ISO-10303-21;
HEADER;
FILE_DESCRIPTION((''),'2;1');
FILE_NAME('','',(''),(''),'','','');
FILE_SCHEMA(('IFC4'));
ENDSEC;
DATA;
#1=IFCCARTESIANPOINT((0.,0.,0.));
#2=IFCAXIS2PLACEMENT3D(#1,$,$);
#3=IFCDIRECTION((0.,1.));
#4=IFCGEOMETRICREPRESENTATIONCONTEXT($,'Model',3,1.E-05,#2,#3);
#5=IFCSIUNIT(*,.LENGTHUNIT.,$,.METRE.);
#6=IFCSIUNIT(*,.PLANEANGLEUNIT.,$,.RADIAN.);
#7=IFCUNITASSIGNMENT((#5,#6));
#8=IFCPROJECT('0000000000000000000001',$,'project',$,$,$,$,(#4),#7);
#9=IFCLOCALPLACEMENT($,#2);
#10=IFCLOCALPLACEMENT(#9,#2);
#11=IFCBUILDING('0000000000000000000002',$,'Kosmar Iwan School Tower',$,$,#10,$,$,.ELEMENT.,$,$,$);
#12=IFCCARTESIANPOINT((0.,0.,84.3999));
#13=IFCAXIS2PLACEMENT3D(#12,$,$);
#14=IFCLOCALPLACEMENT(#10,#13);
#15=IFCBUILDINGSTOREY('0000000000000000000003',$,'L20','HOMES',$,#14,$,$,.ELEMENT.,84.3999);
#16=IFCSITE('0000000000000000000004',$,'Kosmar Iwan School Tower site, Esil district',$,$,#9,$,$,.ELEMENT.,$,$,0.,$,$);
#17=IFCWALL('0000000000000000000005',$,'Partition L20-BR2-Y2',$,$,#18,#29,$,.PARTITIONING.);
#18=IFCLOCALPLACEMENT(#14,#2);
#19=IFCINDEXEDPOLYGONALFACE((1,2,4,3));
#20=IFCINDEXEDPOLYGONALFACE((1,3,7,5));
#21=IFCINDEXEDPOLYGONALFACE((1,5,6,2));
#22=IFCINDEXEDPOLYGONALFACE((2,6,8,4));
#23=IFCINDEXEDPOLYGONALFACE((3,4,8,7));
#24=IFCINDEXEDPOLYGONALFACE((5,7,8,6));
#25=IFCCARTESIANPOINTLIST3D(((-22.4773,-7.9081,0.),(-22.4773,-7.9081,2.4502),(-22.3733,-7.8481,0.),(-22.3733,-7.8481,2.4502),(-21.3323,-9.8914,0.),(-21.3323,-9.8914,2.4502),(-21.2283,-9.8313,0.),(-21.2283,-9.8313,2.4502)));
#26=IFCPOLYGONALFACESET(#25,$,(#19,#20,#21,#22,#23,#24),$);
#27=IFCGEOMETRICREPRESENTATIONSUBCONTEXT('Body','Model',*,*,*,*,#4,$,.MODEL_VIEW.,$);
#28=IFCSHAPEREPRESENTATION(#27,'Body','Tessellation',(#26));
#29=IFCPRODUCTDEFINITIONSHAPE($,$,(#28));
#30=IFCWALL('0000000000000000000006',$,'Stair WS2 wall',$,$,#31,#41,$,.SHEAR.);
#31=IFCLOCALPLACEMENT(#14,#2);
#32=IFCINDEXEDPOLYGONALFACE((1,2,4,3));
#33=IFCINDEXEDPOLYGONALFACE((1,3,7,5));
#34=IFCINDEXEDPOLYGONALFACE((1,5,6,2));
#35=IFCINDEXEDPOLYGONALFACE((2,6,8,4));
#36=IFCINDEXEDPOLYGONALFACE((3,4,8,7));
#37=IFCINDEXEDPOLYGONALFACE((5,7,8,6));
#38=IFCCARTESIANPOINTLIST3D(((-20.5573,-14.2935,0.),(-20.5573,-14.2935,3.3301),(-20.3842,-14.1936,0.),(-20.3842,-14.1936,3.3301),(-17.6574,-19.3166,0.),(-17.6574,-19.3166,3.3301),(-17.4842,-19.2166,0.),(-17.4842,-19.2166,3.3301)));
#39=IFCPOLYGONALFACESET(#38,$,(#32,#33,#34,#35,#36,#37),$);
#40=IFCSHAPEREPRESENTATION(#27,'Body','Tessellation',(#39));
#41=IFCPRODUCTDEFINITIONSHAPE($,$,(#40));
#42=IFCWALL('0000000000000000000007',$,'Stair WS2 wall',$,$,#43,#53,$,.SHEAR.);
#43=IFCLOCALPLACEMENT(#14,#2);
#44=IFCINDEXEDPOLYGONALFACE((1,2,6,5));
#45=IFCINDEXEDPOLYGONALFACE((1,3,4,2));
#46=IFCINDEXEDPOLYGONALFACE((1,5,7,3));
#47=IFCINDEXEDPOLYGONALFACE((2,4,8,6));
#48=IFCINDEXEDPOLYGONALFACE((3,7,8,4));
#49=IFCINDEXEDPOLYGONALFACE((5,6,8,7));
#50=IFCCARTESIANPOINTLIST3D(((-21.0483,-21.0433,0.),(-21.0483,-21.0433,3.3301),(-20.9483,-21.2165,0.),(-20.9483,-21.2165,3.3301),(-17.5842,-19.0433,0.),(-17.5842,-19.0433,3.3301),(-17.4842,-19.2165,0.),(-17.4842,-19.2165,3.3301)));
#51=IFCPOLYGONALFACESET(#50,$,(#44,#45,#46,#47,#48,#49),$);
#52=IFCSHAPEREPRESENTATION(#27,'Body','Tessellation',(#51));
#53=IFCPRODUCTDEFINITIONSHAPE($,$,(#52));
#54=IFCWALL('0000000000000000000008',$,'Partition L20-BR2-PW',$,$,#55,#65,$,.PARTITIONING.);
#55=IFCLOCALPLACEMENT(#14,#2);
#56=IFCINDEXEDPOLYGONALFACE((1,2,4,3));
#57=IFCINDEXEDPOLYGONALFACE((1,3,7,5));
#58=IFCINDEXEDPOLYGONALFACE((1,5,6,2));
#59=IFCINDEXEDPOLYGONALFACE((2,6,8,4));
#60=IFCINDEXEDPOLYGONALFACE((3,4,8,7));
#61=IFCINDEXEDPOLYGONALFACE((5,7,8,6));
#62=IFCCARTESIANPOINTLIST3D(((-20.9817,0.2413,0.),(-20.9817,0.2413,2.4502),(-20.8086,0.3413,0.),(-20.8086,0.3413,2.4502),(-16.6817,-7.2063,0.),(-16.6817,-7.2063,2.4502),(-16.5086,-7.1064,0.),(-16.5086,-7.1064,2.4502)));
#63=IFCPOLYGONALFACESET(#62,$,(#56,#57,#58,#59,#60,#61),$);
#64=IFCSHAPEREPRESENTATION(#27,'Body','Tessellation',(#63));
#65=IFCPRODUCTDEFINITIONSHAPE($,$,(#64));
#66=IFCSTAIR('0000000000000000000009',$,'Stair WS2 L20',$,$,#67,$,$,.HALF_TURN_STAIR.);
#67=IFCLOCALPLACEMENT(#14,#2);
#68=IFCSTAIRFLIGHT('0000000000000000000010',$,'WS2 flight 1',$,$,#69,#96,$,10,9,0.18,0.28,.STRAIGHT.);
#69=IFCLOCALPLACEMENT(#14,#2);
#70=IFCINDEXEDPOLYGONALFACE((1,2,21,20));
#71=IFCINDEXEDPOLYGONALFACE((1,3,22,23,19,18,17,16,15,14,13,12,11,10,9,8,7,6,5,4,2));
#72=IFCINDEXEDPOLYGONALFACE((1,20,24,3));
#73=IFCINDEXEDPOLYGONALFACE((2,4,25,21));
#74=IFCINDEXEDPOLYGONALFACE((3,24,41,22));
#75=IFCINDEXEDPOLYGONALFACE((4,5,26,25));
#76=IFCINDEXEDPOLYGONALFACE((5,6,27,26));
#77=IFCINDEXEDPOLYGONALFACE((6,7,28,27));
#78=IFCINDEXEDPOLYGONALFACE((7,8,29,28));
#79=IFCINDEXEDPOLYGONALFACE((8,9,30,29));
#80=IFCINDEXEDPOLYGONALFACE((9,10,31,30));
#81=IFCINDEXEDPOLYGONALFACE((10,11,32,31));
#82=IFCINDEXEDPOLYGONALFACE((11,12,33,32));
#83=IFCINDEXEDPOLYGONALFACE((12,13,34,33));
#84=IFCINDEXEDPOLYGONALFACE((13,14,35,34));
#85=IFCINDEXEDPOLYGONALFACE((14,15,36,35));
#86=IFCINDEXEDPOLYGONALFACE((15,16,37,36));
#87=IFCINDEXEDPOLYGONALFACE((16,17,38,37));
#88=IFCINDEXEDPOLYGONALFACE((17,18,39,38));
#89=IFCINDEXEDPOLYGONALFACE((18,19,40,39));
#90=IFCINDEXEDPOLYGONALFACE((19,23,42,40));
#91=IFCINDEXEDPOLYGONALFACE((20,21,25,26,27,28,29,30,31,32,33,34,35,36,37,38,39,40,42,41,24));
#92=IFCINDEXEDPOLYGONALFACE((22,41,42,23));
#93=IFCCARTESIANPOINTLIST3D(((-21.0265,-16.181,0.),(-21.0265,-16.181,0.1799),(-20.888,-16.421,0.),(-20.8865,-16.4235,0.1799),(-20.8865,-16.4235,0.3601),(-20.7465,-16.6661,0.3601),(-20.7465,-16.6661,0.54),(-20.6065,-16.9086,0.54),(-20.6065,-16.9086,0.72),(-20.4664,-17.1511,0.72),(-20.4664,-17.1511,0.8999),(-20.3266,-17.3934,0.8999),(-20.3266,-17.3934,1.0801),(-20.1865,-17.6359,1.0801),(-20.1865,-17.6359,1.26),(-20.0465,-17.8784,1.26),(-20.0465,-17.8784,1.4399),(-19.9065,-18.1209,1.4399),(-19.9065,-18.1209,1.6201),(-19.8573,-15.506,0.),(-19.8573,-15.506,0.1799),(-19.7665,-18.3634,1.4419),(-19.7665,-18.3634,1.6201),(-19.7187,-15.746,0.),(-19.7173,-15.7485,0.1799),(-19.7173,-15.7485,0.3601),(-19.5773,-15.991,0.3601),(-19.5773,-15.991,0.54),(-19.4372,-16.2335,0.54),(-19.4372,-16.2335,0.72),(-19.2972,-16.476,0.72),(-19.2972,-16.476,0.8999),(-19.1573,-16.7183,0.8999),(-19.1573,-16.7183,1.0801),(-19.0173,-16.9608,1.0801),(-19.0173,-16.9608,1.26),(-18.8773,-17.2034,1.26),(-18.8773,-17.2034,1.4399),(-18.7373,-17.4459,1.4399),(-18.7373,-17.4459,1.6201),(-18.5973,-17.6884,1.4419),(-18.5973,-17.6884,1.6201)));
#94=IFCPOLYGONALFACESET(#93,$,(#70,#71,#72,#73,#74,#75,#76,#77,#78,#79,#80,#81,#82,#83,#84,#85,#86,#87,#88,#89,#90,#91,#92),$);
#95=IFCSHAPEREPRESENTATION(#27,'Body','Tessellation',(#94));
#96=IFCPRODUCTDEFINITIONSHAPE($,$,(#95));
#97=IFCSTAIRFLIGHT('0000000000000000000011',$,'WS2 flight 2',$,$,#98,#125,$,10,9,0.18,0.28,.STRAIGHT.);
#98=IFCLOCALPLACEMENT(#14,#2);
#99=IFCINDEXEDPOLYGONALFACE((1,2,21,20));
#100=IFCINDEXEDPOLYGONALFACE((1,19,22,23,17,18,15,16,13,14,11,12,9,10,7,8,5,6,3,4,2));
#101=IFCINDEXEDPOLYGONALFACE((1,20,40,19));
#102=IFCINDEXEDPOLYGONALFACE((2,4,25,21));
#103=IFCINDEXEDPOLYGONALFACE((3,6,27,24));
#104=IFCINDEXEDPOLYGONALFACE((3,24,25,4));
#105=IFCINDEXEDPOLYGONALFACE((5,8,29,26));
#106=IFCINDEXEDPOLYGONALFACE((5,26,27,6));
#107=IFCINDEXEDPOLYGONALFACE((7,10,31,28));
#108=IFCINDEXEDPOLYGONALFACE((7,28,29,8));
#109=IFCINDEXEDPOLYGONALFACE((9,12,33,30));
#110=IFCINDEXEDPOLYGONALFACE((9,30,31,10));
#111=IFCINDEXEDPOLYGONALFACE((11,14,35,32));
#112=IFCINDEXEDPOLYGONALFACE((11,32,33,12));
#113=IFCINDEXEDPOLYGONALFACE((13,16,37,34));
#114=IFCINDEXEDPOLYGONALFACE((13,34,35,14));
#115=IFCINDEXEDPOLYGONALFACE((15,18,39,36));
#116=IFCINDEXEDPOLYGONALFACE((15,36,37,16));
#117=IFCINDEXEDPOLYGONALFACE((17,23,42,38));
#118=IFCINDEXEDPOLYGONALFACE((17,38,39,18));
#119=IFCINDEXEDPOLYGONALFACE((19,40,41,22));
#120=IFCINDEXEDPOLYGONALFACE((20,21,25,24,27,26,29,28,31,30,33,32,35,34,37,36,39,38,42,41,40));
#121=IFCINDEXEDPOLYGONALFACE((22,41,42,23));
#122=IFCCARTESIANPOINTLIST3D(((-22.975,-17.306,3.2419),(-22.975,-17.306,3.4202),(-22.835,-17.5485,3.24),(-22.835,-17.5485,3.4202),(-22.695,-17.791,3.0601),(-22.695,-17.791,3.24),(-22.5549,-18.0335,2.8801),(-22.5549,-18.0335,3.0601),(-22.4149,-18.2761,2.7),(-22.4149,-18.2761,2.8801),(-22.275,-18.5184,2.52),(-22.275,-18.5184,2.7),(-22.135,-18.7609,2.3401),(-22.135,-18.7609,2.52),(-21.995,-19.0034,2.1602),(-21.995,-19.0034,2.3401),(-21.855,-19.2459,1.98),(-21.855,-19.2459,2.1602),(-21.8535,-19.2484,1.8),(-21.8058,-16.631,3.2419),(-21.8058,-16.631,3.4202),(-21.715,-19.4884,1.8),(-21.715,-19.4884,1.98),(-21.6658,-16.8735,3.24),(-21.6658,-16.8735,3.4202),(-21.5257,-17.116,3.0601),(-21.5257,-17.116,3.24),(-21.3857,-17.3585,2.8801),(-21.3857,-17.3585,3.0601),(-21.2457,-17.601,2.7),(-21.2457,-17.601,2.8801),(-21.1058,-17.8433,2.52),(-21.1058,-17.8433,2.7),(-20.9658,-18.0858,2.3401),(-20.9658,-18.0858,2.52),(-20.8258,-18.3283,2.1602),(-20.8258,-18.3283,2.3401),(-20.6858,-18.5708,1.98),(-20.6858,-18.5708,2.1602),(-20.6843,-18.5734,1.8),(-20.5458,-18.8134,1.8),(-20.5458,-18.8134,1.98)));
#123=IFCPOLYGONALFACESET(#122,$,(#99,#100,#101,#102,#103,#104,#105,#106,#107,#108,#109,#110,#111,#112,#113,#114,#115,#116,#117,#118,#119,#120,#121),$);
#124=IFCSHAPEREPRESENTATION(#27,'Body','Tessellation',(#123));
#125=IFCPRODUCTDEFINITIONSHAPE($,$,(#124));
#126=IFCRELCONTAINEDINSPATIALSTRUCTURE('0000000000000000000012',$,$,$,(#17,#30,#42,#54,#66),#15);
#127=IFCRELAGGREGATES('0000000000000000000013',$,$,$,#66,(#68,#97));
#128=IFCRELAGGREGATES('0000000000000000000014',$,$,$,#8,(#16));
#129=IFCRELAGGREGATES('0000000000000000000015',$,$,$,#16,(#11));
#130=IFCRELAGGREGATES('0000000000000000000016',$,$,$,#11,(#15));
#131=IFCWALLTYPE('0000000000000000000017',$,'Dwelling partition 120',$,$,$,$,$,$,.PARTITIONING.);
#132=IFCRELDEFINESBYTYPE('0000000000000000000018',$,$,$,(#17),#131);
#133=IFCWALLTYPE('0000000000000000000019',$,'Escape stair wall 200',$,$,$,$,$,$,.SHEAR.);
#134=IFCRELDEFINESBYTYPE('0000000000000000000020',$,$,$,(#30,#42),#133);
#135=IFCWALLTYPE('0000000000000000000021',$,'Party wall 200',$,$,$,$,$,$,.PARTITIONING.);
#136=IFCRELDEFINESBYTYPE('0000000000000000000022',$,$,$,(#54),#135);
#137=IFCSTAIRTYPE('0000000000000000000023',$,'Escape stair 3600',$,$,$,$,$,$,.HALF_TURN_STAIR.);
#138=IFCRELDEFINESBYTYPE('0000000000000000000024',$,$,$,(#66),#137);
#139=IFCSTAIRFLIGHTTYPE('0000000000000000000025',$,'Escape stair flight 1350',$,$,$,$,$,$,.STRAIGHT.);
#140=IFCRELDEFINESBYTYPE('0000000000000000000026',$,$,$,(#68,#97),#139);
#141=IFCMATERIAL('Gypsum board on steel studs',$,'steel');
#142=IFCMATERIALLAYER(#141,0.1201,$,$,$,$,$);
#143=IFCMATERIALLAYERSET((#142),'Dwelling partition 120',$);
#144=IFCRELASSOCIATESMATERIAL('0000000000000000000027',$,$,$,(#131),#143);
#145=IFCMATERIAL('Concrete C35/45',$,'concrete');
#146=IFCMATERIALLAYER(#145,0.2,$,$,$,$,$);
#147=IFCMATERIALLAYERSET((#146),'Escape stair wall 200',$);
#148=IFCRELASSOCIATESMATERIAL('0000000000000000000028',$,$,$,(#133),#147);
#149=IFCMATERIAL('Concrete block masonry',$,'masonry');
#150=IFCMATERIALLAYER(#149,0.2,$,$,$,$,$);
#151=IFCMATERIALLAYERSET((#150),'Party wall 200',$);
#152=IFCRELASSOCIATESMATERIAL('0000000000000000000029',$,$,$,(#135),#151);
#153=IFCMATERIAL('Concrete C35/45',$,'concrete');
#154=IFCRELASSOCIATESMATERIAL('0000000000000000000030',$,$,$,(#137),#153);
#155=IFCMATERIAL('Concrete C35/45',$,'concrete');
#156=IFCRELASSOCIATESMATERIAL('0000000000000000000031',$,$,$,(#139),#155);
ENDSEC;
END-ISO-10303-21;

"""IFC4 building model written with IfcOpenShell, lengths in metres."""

from ifc_helpers import new_model, si_unit, direction, frame, frame_2d, origin, place, context, subcontext, project, spatial, polyline, rectangle, outline, extrude, material, layer, layer_set, type_object, element, aggregate, save


model = new_model("IFC4")

# Units and contexts
model_context = context("Model", 3, precision=1e-05, world=origin(), true_north=direction((0.0, 1.0)))
body_context = subcontext(model_context, "Body", "Model", "MODEL_VIEW")
ifc_project = project(units=[si_unit("LENGTHUNIT", "METRE"), si_unit("PLANEANGLEUNIT", "RADIAN")], contexts=[model_context])

# Site, building, storey
site_placement = place(None, origin())
site = spatial("IfcSite", under=ifc_project, at=site_placement, Name="Kosmar Iwan School Tower site, Esil district", CompositionType="ELEMENT", RefElevation=0.0)
building_placement = place(site_placement, origin())
building = spatial("IfcBuilding", under=site, at=building_placement, Name="Kosmar Iwan School Tower", CompositionType="ELEMENT")
storey_placement = place(building_placement, frame((0.0, 0.0, 84.3999)))
storey = spatial("IfcBuildingStorey", under=building, at=storey_placement, Name="L20", Description="HOMES", CompositionType="ELEMENT", Elevation=84.3999)

# Shared definitions
ifc_material_1 = material(Name="Gypsum board on steel studs", Category="steel")
ifc_layer_1 = layer(ifc_material_1, 0.1201)
ifc_layer_set_1 = layer_set([ifc_layer_1], Name="Dwelling partition 120")
wall_type_1 = type_object("IfcWallType", Name="Dwelling partition 120", PredefinedType="PARTITIONING", material=ifc_layer_set_1)

# Walls
wall_1_placement = place(storey_placement, frame((-21.2803, -9.8613, 0.0), z_axis=(0.0, 0.0, 1.0), x_axis=(-0.500015, 0.866017, 0.0)))
element("IfcWall", 1, at=wall_1_placement, inside=storey, type_object=wall_type_1, Name="Partition L20-BR2-Y2", PredefinedType="PARTITIONING", context=body_context, shape_type="SweptSolid", body=[
    extrude(rectangle(XDim=2.29, YDim=0.1201, at=frame_2d((1.145, 0.0))), origin(), (0.0, 0.0, 1.0), 2.4502),
])
ifc_material_2 = material(Name="Concrete C35/45", Category="concrete")
ifc_layer_2 = layer(ifc_material_2, 0.2)
ifc_layer_set_2 = layer_set([ifc_layer_2], Name="Escape stair wall 200")
wall_type_2 = type_object("IfcWallType", Name="Escape stair wall 200", PredefinedType="SHEAR", material=ifc_layer_set_2)
wall_2_placement = place(storey_placement, frame((-20.4707, -14.2437, 0.0), z_axis=(0.0, 0.0, 1.0), x_axis=(0.499987, -0.866033, 0.0)))
element("IfcWall", 2, at=wall_2_placement, inside=storey, type_object=wall_type_2, Name="Stair WS2 wall", PredefinedType="SHEAR", context=body_context, shape_type="SweptSolid", body=[
    extrude(rectangle(XDim=5.8, YDim=0.2, at=frame_2d((2.8999, 0.0))), origin(), (0.0, 0.0, 1.0), 3.3301),
])
wall_3_placement = place(storey_placement, frame((-17.5342, -19.1299, 0.0), z_axis=(0.0, 0.0, 1.0), x_axis=(-0.866026, -0.499999, 0.0)))
element("IfcWall", 3, at=wall_3_placement, inside=storey, type_object=wall_type_2, Name="Stair WS2 wall", PredefinedType="SHEAR", context=body_context, shape_type="SweptSolid", body=[
    extrude(rectangle(XDim=4.0, YDim=0.2, at=frame_2d((2.0, 0.0))), origin(), (0.0, 0.0, 1.0), 3.3301),
])
ifc_material_3 = material(Name="Concrete block masonry", Category="masonry")
ifc_layer_3 = layer(ifc_material_3, 0.2)
ifc_layer_set_3 = layer_set([ifc_layer_3], Name="Party wall 200")
wall_type_3 = type_object("IfcWallType", Name="Party wall 200", PredefinedType="PARTITIONING", material=ifc_layer_set_3)
wall_4_placement = place(storey_placement, frame((-16.5952, -7.1562, 0.0), z_axis=(0.0, 0.0, 1.0), x_axis=(-0.500008, 0.866021, 0.0)))
element("IfcWall", 4, at=wall_4_placement, inside=storey, type_object=wall_type_3, Name="Partition L20-BR2-PW", PredefinedType="PARTITIONING", context=body_context, shape_type="SweptSolid", body=[
    extrude(rectangle(XDim=8.5999, YDim=0.2, at=frame_2d((4.2998, 0.0))), origin(), (0.0, 0.0, 1.0), 2.4502),
])

# Stair, stair flights
ifc_material_4 = material(Name="Concrete C35/45", Category="concrete")
stair_type = type_object("IfcStairType", Name="Escape stair 3600", PredefinedType="HALF_TURN_STAIR", material=ifc_material_4)
stair_placement = place(storey_placement, origin())
stair = element("IfcStair", 5, at=stair_placement, inside=storey, type_object=stair_type, Name="Stair WS2 L20", PredefinedType="HALF_TURN_STAIR")
ifc_material_5 = material(Name="Concrete C35/45", Category="concrete")
stair_flight_type = type_object("IfcStairFlightType", Name="Escape stair flight 1350", PredefinedType="STRAIGHT", material=ifc_material_5)
stair_flight_1_placement = place(storey_placement, frame((-20.4419, -15.8435, 0.0), z_axis=(0.0, 0.0, 1.0), x_axis=(0.5, -0.866025, 0.0)))
stair_flight_1 = element("IfcStairFlight", 6, at=stair_flight_1_placement, type_object=stair_flight_type, Name="WS2 flight 1", NumberOfRisers=10, NumberOfTreads=9, PredefinedType="STRAIGHT", RiserHeight=0.18, TreadLength=0.28, context=body_context, shape_type="SweptSolid", body=[
    extrude(outline(polyline([(0.0, 0.0), (0.0, 0.1799), (0.28, 0.1799), (0.28, 0.3601), (0.5601, 0.3601), (0.5601, 0.54), (0.8401, 0.54), (0.8401, 0.72), (1.1201, 0.72), (1.1201, 0.8999), (1.3999, 0.8999), (1.3999, 1.0801), (1.6799, 1.0801), (1.6799, 1.26), (1.96, 1.26), (1.96, 1.4399), (2.24, 1.4399), (2.24, 1.6201), (2.52, 1.6201), (2.52, 1.8), (2.52, 1.4419), (0.2771, 0.0), (0.0, 0.0)])), frame((0.0, 0.675, 0.0), z_axis=(0.0, -1.0, 0.0), x_axis=(1.0, 0.0, 0.0)), (0.0, 0.0, 1.0), 1.3501),
])
stair_flight_2_placement = place(storey_placement, frame((-21.1304, -19.1509, 1.8), z_axis=(0.0, 0.0, 1.0), x_axis=(-0.5, 0.866025, 0.0)))
stair_flight_2 = element("IfcStairFlight", 7, at=stair_flight_2_placement, type_object=stair_flight_type, Name="WS2 flight 2", NumberOfRisers=10, NumberOfTreads=9, PredefinedType="STRAIGHT", RiserHeight=0.18, TreadLength=0.28, context=body_context, shape_type="SweptSolid", body=[
    extrude(outline(polyline([(0.0, 0.0), (0.0, 0.1799), (0.28, 0.1799), (0.28, 0.3601), (0.5601, 0.3601), (0.5601, 0.54), (0.8401, 0.54), (0.8401, 0.72), (1.1201, 0.72), (1.1201, 0.8999), (1.3999, 0.8999), (1.3999, 1.0801), (1.6799, 1.0801), (1.6799, 1.26), (1.96, 1.26), (1.96, 1.4399), (2.24, 1.4399), (2.24, 1.6201), (2.52, 1.6201), (2.52, 1.8), (2.52, 1.4419), (0.2771, 0.0), (0.0, 0.0)])), frame((0.0, 0.675, 0.0), z_axis=(0.0, -1.0, 0.0), x_axis=(1.0, 0.0, 0.0)), (0.0, 0.0, 1.0), 1.3501),
])
aggregate(stair, [stair_flight_1, stair_flight_2])

save(model, "model.ifc")
